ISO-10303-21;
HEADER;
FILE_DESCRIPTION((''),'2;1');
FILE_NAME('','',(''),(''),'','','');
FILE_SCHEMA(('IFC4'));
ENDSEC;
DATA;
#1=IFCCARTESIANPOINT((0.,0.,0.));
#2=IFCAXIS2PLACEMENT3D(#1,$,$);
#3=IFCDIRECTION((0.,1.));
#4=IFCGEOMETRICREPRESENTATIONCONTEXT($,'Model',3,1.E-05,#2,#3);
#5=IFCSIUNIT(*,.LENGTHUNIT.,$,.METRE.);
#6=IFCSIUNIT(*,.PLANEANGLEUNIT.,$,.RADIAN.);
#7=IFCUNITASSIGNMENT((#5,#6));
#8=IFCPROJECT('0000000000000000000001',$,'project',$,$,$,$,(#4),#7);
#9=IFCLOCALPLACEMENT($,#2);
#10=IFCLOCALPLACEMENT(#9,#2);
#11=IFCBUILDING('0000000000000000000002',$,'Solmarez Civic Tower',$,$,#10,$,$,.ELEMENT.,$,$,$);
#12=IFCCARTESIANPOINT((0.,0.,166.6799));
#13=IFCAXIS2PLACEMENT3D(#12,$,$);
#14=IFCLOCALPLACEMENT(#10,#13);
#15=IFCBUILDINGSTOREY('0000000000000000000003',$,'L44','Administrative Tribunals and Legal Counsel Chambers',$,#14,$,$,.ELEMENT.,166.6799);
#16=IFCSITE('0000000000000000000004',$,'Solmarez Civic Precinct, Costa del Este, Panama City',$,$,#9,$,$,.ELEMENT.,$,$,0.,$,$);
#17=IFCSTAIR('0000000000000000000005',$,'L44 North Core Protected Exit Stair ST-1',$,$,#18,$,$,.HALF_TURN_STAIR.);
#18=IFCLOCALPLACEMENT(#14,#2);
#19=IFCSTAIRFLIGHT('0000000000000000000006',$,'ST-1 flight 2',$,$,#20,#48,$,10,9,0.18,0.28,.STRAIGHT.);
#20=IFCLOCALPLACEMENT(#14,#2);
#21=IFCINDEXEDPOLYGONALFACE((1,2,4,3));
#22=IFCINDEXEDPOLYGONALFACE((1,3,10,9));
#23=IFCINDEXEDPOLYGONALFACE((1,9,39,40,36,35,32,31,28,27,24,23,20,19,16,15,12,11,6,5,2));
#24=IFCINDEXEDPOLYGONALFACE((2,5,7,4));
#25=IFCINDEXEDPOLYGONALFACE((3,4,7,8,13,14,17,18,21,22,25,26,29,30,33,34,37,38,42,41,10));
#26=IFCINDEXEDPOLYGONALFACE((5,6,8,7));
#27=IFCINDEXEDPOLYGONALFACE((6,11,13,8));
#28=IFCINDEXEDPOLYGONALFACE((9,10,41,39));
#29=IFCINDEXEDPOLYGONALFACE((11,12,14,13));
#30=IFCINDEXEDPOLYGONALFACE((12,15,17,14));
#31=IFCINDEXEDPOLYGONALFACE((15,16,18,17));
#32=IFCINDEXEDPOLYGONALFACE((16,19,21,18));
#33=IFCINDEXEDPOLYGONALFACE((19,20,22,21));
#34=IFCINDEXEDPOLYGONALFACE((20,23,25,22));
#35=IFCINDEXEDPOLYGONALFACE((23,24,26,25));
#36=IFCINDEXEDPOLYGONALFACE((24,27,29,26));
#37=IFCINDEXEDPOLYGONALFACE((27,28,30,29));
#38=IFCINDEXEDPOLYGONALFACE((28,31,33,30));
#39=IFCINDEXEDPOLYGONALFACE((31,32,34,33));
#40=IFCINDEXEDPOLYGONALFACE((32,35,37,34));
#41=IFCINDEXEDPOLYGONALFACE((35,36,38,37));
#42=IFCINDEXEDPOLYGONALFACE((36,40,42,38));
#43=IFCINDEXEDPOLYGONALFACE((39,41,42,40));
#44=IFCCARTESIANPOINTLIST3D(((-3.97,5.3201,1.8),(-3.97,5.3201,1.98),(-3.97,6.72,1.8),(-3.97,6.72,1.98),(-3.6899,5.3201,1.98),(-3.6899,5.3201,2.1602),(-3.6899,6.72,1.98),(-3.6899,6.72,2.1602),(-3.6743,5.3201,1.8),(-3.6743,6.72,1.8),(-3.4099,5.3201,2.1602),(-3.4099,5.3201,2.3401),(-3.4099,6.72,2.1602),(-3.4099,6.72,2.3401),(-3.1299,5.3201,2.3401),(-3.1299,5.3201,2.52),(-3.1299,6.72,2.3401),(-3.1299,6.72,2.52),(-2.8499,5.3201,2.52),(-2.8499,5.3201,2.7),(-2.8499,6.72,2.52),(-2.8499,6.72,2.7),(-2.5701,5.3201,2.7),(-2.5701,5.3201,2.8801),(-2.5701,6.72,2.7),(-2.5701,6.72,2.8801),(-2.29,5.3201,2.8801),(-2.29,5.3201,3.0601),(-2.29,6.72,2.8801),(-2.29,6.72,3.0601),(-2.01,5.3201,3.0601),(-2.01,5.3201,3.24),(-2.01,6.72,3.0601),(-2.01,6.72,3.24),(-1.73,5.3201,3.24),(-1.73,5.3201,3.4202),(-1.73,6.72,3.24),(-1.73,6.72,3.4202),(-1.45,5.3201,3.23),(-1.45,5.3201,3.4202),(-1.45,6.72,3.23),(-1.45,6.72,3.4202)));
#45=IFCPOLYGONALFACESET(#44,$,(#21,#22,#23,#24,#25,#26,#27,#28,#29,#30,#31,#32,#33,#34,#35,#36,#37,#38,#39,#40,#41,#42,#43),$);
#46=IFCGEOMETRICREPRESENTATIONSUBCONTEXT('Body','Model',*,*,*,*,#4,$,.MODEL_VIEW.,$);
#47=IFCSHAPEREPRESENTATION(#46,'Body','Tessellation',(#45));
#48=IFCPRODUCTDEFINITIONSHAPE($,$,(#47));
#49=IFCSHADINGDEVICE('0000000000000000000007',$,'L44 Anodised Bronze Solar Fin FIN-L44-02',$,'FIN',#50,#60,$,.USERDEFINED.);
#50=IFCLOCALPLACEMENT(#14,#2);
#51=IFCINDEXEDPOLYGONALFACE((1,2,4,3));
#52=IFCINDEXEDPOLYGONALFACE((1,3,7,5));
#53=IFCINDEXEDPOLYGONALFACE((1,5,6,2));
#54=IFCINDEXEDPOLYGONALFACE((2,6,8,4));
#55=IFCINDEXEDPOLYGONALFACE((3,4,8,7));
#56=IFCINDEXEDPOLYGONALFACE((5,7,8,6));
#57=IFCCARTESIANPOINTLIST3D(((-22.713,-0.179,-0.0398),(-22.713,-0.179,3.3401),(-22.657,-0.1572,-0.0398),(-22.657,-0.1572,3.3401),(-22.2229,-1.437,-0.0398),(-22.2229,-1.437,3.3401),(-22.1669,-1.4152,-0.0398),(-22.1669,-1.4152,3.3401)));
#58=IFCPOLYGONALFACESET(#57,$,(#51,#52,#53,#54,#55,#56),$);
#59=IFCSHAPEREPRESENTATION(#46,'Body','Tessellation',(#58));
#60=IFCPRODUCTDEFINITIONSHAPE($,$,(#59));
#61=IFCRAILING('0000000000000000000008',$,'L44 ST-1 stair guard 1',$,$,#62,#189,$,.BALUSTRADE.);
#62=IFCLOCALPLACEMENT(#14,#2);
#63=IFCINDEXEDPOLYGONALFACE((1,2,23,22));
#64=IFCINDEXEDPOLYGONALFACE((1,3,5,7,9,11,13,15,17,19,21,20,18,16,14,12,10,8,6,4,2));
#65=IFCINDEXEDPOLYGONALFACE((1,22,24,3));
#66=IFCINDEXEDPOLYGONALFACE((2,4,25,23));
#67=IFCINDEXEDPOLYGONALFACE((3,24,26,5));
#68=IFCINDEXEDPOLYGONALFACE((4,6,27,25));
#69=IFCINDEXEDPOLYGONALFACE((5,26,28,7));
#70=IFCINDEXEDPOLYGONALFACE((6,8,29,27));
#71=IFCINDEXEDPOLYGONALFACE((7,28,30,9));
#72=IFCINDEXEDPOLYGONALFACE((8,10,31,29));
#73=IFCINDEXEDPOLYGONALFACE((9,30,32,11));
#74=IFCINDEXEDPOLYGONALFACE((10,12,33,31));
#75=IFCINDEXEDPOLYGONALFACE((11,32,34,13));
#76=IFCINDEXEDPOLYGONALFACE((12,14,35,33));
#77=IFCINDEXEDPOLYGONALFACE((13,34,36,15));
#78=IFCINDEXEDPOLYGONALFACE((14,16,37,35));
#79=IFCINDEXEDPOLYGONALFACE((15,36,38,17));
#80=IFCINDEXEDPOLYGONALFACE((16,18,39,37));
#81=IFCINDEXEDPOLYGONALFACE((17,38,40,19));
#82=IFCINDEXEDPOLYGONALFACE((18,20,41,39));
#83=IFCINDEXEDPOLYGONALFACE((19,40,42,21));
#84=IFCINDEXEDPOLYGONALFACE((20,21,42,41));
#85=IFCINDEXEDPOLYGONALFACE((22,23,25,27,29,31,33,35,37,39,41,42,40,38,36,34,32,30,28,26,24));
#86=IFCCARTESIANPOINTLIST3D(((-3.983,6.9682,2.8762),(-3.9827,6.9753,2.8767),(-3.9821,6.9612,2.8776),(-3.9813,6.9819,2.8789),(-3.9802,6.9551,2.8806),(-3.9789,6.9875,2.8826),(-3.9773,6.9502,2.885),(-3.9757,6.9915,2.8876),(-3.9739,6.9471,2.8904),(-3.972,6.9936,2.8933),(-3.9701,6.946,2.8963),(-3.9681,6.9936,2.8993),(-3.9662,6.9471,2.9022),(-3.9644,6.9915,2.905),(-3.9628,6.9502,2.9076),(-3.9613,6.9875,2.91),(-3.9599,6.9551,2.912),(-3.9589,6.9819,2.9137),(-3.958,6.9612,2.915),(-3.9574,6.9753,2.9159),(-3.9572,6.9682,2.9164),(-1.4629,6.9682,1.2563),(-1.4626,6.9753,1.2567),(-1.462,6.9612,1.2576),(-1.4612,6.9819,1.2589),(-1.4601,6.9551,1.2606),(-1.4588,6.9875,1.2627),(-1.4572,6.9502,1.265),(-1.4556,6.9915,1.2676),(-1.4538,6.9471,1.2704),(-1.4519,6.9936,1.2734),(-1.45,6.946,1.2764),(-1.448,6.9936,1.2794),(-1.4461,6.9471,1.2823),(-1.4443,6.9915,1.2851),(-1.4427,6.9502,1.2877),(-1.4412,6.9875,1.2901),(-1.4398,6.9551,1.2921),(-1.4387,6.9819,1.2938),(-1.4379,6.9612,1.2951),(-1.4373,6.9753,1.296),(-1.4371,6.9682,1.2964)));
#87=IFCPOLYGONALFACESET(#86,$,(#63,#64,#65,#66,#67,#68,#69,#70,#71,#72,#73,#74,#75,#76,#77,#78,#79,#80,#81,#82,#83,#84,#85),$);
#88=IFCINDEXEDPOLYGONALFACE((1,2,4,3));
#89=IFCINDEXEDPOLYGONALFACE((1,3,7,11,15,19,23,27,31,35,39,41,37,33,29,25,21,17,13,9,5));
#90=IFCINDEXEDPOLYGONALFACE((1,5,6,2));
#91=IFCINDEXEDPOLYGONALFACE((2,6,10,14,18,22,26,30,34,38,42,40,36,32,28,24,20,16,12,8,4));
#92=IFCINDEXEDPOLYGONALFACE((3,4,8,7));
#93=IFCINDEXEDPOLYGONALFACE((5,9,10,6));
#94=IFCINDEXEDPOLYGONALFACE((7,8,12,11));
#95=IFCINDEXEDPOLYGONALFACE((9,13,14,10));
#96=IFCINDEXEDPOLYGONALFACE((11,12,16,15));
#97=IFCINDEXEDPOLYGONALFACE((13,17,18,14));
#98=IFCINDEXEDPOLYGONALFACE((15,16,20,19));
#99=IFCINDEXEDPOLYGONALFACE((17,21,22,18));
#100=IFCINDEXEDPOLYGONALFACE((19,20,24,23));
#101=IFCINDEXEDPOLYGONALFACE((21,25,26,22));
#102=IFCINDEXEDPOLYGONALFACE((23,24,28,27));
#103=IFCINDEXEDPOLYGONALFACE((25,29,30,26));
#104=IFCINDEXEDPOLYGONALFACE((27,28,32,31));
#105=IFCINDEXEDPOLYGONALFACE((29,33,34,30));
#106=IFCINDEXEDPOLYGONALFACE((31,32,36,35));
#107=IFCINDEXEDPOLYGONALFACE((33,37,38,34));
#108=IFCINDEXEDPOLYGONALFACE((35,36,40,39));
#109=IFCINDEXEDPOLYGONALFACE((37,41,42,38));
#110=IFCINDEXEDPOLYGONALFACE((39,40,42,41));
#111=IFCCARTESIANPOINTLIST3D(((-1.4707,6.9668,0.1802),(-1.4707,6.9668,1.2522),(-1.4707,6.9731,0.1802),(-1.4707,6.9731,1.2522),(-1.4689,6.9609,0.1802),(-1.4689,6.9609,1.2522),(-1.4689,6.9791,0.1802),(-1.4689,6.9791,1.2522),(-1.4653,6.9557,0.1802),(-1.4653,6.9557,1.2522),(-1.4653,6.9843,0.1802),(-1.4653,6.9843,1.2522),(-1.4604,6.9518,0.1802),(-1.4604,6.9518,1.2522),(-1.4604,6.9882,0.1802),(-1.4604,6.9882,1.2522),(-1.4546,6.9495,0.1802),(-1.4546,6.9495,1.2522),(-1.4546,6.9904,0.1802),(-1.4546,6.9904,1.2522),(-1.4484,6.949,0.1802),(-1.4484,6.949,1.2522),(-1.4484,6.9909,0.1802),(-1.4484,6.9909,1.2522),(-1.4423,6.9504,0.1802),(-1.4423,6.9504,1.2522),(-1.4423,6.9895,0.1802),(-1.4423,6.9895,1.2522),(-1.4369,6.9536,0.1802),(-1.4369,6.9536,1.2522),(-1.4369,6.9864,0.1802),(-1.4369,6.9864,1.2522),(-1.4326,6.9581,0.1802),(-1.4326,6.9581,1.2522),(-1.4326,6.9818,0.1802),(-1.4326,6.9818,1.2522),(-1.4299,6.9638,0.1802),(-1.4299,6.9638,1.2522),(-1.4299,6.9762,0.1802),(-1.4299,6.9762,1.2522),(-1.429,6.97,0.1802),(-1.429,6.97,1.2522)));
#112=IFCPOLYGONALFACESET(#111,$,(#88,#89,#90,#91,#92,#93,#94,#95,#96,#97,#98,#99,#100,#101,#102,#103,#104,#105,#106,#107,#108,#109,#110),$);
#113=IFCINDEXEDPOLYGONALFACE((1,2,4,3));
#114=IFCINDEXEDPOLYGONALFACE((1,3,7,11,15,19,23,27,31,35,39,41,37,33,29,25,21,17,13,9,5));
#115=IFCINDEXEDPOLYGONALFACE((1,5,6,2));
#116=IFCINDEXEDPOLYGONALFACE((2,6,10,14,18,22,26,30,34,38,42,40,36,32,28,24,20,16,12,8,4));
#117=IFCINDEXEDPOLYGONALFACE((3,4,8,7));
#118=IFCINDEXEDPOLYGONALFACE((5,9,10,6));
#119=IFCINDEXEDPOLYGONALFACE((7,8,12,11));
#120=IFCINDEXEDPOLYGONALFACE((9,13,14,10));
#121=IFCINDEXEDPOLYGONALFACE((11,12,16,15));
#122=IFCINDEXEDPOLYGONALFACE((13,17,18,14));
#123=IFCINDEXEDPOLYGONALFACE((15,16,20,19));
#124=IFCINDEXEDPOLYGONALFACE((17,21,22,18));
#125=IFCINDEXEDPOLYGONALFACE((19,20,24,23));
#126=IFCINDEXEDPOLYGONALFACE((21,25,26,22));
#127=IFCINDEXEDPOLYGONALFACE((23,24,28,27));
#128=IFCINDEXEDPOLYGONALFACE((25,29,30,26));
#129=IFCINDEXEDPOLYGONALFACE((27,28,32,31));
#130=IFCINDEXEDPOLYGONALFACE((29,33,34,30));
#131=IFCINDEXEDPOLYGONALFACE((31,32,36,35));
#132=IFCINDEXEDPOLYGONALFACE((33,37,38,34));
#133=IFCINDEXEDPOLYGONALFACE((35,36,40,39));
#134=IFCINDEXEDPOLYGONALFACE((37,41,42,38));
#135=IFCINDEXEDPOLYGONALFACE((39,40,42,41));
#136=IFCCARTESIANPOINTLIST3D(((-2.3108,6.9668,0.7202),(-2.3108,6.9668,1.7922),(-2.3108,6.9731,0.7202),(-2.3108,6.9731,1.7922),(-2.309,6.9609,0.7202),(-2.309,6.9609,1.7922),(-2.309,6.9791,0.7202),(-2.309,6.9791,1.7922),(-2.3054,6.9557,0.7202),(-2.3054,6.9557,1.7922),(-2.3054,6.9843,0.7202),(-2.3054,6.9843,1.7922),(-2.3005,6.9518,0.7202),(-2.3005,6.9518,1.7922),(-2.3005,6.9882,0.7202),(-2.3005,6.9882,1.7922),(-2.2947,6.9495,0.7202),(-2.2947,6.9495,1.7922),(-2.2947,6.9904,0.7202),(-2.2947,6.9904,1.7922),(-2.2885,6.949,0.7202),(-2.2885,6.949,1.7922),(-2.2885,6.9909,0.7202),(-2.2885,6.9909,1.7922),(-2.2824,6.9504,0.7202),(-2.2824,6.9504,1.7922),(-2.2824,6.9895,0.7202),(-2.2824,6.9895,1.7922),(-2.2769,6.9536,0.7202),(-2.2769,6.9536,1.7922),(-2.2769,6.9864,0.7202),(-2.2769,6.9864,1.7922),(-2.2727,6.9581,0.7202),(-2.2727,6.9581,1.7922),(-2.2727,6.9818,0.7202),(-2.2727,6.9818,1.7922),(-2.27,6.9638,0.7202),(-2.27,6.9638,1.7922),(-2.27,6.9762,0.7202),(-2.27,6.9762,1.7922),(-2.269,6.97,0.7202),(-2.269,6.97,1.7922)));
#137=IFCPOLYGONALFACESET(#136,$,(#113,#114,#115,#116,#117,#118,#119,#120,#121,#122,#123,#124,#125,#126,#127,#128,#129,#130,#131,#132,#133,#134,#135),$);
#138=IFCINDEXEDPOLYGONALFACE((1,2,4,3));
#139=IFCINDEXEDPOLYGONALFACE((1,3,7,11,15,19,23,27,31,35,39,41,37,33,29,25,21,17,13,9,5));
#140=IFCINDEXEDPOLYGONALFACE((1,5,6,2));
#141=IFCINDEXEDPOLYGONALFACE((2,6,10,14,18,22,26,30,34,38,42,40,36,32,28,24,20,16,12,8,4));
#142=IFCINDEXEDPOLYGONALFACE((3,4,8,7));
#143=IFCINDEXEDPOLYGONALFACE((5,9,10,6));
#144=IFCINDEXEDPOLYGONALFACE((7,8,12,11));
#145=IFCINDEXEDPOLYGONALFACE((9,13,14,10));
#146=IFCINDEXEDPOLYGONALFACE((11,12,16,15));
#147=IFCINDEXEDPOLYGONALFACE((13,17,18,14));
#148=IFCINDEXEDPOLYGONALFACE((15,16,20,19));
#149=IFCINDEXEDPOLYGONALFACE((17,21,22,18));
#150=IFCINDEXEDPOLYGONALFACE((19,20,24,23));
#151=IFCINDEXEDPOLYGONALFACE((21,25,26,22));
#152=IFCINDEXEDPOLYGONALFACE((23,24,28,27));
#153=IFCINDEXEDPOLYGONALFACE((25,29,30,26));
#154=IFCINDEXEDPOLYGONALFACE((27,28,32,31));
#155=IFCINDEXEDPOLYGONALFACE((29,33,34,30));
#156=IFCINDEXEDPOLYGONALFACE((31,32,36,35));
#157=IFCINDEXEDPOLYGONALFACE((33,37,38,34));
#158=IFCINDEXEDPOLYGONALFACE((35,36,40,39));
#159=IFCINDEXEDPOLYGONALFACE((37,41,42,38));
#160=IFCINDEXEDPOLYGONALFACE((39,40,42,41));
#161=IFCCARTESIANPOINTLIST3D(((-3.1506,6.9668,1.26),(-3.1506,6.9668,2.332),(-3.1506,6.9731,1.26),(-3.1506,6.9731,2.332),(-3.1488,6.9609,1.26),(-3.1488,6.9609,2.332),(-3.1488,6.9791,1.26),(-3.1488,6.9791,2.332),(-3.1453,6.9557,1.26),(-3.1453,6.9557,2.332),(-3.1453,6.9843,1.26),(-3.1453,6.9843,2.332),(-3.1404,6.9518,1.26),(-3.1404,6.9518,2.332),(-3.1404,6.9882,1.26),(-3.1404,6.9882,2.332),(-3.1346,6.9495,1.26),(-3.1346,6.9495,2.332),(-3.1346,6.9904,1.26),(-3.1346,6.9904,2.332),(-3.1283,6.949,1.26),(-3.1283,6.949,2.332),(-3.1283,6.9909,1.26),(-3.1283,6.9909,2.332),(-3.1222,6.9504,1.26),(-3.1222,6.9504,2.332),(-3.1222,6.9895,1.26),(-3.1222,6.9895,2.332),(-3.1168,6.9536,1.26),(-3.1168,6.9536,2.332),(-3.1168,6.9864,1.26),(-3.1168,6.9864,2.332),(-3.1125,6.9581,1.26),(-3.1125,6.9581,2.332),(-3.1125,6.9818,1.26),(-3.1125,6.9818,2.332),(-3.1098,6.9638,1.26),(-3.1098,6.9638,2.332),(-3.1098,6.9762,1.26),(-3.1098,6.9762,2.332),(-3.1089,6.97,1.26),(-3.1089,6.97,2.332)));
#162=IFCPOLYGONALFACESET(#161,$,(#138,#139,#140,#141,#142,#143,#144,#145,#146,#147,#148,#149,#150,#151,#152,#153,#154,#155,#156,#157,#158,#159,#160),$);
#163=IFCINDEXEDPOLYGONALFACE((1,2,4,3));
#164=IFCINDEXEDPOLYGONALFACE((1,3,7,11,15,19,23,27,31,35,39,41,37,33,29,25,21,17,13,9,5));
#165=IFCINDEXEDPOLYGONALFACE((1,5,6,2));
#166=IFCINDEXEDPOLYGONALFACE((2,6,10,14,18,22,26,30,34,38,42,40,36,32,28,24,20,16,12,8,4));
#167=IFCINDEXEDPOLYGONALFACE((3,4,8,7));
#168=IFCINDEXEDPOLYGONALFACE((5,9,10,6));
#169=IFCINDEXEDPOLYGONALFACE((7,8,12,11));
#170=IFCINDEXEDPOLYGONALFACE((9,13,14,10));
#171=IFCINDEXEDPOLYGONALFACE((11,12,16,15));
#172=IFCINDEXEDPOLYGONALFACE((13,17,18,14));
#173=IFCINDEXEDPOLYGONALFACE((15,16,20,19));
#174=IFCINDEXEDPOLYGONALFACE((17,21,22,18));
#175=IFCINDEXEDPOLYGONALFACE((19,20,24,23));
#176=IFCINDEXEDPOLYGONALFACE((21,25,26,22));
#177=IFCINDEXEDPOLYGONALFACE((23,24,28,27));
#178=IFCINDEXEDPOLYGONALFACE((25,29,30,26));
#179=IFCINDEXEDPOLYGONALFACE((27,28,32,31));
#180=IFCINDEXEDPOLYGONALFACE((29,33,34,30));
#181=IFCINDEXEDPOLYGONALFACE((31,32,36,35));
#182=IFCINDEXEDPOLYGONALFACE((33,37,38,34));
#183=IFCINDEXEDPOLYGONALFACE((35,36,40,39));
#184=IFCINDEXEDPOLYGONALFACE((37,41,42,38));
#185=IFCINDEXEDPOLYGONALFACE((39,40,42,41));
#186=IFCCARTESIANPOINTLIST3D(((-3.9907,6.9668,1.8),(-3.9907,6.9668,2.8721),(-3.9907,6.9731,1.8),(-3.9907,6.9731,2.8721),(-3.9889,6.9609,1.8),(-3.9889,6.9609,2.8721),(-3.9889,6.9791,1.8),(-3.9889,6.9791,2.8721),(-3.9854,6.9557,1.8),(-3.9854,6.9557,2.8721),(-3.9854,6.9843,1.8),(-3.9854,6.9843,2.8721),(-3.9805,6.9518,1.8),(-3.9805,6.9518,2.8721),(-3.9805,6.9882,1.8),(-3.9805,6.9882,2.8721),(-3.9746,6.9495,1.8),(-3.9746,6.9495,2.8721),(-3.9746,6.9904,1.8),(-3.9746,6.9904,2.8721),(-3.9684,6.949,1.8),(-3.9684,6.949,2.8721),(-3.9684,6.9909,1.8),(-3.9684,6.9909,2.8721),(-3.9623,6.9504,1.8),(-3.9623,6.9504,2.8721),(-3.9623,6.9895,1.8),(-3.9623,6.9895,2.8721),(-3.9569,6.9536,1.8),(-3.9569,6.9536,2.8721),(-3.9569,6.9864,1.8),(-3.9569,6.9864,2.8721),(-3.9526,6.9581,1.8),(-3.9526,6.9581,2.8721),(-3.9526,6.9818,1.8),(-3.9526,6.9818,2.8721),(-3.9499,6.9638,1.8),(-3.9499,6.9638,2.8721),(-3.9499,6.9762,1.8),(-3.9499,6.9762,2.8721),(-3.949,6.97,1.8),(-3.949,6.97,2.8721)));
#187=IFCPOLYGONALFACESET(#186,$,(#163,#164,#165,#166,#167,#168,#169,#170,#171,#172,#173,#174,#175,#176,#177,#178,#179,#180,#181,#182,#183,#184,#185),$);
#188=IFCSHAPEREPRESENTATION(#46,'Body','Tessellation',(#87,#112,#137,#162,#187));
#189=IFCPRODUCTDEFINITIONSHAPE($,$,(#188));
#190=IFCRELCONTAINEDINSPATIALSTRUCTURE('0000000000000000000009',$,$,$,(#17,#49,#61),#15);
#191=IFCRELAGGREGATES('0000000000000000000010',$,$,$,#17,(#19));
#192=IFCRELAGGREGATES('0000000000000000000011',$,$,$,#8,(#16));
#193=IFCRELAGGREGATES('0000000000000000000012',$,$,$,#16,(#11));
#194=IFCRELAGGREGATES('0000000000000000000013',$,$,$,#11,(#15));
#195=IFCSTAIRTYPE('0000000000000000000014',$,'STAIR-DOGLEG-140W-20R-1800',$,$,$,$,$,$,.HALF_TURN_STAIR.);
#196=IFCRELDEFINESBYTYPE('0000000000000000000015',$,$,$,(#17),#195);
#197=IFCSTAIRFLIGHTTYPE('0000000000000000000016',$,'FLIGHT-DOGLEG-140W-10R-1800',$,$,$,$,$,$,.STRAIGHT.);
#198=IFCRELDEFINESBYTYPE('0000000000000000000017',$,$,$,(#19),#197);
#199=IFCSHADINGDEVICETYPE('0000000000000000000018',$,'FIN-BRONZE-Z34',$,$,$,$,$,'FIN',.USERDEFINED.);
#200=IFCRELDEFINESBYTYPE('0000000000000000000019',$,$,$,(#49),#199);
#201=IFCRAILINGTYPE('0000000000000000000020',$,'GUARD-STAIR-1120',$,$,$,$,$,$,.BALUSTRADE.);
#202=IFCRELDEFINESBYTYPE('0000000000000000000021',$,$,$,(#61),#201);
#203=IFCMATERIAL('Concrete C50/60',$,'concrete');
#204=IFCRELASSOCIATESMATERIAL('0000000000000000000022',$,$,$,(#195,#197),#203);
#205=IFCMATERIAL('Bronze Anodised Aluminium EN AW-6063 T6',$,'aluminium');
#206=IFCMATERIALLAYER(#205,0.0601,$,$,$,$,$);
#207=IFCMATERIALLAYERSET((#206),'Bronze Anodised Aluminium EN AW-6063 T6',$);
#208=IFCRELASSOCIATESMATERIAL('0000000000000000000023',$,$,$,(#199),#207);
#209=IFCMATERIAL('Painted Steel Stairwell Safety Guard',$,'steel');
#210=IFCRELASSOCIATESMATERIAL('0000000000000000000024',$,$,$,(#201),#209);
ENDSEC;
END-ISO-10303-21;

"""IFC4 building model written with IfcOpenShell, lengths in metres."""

from ifc_helpers import new_model, si_unit, direction, frame, origin, origin_2d, place, context, subcontext, project, spatial, polyline, rectangle, circle, outline, extrude, material, layer, layer_set, type_object, element, aggregate, save


model = new_model("IFC4")

# Units and contexts
model_context = context("Model", 3, precision=1e-05, world=origin(), true_north=direction((0.0, 1.0)))
body_context = subcontext(model_context, "Body", "Model", "MODEL_VIEW")
ifc_project = project(units=[si_unit("LENGTHUNIT", "METRE"), si_unit("PLANEANGLEUNIT", "RADIAN")], contexts=[model_context])

# Site, building, storey
site_placement = place(None, origin())
site = spatial("IfcSite", under=ifc_project, at=site_placement, Name="Solmarez Civic Precinct, Costa del Este, Panama City", CompositionType="ELEMENT", RefElevation=0.0)
building_placement = place(site_placement, origin())
building = spatial("IfcBuilding", under=site, at=building_placement, Name="Solmarez Civic Tower", CompositionType="ELEMENT")
storey_placement = place(building_placement, frame((0.0, 0.0, 166.6799)))
storey = spatial("IfcBuildingStorey", under=building, at=storey_placement, Name="L44", Description="Administrative Tribunals and Legal Counsel Chambers", CompositionType="ELEMENT", Elevation=166.6799)

# Shared definitions
ifc_material_1 = material(Name="Concrete C50/60", Category="concrete")

# Stair, stair flight
stair_type = type_object("IfcStairType", Name="STAIR-DOGLEG-140W-20R-1800", PredefinedType="HALF_TURN_STAIR", material=ifc_material_1)
stair_placement = place(storey_placement, origin())
stair = element("IfcStair", 1, at=stair_placement, inside=storey, type_object=stair_type, Name="L44 North Core Protected Exit Stair ST-1", PredefinedType="HALF_TURN_STAIR")
stair_flight_type = type_object("IfcStairFlightType", Name="FLIGHT-DOGLEG-140W-10R-1800", PredefinedType="STRAIGHT", material=ifc_material_1)
stair_flight_placement = place(storey_placement, frame((-3.97, 6.02, 1.8), z_axis=(0.0, 0.0, 1.0), x_axis=(1.0, 0.0, 0.0)))
stair_flight = element("IfcStairFlight", 2, at=stair_flight_placement, type_object=stair_flight_type, Name="ST-1 flight 2", NumberOfRisers=10, NumberOfTreads=9, PredefinedType="STRAIGHT", RiserHeight=0.18, TreadLength=0.28, context=body_context, shape_type="SweptSolid", body=[
    extrude(outline(polyline([(0.0, 0.0), (0.0, 0.1799), (0.28, 0.1799), (0.28, 0.3601), (0.5601, 0.3601), (0.5601, 0.54), (0.8401, 0.54), (0.8401, 0.72), (1.1201, 0.72), (1.1201, 0.8999), (1.3999, 0.8999), (1.3999, 1.0801), (1.6799, 1.0801), (1.6799, 1.26), (1.96, 1.26), (1.96, 1.4399), (2.24, 1.4399), (2.24, 1.6201), (2.52, 1.6201), (2.52, 1.8), (2.52, 1.4299), (0.2957, 0.0), (0.0, 0.0)])), frame((0.0, 0.7, 0.0), z_axis=(0.0, -1.0, 0.0), x_axis=(1.0, 0.0, 0.0)), (0.0, 0.0, 1.0), 1.3999),
])
aggregate(stair, [stair_flight])

# Shading device
ifc_material_2 = material(Name="Bronze Anodised Aluminium EN AW-6063 T6", Category="aluminium")
ifc_layer_1 = layer(ifc_material_2, 0.0601)
ifc_layer_set_1 = layer_set([ifc_layer_1], Name="Bronze Anodised Aluminium EN AW-6063 T6")
shading_device_type = type_object("IfcShadingDeviceType", Name="FIN-BRONZE-Z34", ElementType="FIN", PredefinedType="USERDEFINED", material=ifc_layer_set_1)
shading_device_placement = place(storey_placement, frame((-22.4399, -0.7971, -0.0398), z_axis=(0.0, 0.0, 1.0), x_axis=(-0.36304, 0.931774, 0.0)))
element("IfcShadingDevice", 3, at=shading_device_placement, inside=storey, type_object=shading_device_type, Name="L44 Anodised Bronze Solar Fin FIN-L44-02", ObjectType="FIN", PredefinedType="USERDEFINED", context=body_context, shape_type="SweptSolid", body=[
    extrude(rectangle(XDim=1.3501, YDim=0.0601, at=origin_2d()), origin(), (0.0, 0.0, 1.0), 3.3799),
])

# Railing
ifc_material_3 = material(Name="Painted Steel Stairwell Safety Guard", Category="steel")
railing_type_1 = type_object("IfcRailingType", Name="GUARD-STAIR-1120", PredefinedType="BALUSTRADE", material=ifc_material_3)
railing_1_placement = place(storey_placement, frame((-1.45, 6.97, 0.1802)))
element("IfcRailing", 4, at=railing_1_placement, inside=storey, type_object=railing_type_1, Name="L44 ST-1 stair guard 1", PredefinedType="BALUSTRADE", context=body_context, shape_type="SweptSolid", body=[
    extrude(circle(Radius=0.0239, at=origin_2d()), frame((0.0, 0.0, 1.0962), z_axis=(-0.8412, 0.0, 0.540725), x_axis=(0.0, -1.0, 0.0)), (0.0, 0.0, 1.0), 2.9958),
    extrude(circle(Radius=0.021, at=origin_2d()), origin(), (0.0, 0.0, 1.0), 1.072),
    extrude(circle(Radius=0.021, at=origin_2d()), frame((-0.8401, 0.0, 0.54)), (0.0, 0.0, 1.0), 1.072),
    extrude(circle(Radius=0.021, at=origin_2d()), frame((-1.6799, 0.0, 1.0798)), (0.0, 0.0, 1.0), 1.072),
    extrude(circle(Radius=0.021, at=origin_2d()), frame((-2.52, 0.0, 1.6199)), (0.0, 0.0, 1.0), 1.072),
])

save(model, "model.ifc")
